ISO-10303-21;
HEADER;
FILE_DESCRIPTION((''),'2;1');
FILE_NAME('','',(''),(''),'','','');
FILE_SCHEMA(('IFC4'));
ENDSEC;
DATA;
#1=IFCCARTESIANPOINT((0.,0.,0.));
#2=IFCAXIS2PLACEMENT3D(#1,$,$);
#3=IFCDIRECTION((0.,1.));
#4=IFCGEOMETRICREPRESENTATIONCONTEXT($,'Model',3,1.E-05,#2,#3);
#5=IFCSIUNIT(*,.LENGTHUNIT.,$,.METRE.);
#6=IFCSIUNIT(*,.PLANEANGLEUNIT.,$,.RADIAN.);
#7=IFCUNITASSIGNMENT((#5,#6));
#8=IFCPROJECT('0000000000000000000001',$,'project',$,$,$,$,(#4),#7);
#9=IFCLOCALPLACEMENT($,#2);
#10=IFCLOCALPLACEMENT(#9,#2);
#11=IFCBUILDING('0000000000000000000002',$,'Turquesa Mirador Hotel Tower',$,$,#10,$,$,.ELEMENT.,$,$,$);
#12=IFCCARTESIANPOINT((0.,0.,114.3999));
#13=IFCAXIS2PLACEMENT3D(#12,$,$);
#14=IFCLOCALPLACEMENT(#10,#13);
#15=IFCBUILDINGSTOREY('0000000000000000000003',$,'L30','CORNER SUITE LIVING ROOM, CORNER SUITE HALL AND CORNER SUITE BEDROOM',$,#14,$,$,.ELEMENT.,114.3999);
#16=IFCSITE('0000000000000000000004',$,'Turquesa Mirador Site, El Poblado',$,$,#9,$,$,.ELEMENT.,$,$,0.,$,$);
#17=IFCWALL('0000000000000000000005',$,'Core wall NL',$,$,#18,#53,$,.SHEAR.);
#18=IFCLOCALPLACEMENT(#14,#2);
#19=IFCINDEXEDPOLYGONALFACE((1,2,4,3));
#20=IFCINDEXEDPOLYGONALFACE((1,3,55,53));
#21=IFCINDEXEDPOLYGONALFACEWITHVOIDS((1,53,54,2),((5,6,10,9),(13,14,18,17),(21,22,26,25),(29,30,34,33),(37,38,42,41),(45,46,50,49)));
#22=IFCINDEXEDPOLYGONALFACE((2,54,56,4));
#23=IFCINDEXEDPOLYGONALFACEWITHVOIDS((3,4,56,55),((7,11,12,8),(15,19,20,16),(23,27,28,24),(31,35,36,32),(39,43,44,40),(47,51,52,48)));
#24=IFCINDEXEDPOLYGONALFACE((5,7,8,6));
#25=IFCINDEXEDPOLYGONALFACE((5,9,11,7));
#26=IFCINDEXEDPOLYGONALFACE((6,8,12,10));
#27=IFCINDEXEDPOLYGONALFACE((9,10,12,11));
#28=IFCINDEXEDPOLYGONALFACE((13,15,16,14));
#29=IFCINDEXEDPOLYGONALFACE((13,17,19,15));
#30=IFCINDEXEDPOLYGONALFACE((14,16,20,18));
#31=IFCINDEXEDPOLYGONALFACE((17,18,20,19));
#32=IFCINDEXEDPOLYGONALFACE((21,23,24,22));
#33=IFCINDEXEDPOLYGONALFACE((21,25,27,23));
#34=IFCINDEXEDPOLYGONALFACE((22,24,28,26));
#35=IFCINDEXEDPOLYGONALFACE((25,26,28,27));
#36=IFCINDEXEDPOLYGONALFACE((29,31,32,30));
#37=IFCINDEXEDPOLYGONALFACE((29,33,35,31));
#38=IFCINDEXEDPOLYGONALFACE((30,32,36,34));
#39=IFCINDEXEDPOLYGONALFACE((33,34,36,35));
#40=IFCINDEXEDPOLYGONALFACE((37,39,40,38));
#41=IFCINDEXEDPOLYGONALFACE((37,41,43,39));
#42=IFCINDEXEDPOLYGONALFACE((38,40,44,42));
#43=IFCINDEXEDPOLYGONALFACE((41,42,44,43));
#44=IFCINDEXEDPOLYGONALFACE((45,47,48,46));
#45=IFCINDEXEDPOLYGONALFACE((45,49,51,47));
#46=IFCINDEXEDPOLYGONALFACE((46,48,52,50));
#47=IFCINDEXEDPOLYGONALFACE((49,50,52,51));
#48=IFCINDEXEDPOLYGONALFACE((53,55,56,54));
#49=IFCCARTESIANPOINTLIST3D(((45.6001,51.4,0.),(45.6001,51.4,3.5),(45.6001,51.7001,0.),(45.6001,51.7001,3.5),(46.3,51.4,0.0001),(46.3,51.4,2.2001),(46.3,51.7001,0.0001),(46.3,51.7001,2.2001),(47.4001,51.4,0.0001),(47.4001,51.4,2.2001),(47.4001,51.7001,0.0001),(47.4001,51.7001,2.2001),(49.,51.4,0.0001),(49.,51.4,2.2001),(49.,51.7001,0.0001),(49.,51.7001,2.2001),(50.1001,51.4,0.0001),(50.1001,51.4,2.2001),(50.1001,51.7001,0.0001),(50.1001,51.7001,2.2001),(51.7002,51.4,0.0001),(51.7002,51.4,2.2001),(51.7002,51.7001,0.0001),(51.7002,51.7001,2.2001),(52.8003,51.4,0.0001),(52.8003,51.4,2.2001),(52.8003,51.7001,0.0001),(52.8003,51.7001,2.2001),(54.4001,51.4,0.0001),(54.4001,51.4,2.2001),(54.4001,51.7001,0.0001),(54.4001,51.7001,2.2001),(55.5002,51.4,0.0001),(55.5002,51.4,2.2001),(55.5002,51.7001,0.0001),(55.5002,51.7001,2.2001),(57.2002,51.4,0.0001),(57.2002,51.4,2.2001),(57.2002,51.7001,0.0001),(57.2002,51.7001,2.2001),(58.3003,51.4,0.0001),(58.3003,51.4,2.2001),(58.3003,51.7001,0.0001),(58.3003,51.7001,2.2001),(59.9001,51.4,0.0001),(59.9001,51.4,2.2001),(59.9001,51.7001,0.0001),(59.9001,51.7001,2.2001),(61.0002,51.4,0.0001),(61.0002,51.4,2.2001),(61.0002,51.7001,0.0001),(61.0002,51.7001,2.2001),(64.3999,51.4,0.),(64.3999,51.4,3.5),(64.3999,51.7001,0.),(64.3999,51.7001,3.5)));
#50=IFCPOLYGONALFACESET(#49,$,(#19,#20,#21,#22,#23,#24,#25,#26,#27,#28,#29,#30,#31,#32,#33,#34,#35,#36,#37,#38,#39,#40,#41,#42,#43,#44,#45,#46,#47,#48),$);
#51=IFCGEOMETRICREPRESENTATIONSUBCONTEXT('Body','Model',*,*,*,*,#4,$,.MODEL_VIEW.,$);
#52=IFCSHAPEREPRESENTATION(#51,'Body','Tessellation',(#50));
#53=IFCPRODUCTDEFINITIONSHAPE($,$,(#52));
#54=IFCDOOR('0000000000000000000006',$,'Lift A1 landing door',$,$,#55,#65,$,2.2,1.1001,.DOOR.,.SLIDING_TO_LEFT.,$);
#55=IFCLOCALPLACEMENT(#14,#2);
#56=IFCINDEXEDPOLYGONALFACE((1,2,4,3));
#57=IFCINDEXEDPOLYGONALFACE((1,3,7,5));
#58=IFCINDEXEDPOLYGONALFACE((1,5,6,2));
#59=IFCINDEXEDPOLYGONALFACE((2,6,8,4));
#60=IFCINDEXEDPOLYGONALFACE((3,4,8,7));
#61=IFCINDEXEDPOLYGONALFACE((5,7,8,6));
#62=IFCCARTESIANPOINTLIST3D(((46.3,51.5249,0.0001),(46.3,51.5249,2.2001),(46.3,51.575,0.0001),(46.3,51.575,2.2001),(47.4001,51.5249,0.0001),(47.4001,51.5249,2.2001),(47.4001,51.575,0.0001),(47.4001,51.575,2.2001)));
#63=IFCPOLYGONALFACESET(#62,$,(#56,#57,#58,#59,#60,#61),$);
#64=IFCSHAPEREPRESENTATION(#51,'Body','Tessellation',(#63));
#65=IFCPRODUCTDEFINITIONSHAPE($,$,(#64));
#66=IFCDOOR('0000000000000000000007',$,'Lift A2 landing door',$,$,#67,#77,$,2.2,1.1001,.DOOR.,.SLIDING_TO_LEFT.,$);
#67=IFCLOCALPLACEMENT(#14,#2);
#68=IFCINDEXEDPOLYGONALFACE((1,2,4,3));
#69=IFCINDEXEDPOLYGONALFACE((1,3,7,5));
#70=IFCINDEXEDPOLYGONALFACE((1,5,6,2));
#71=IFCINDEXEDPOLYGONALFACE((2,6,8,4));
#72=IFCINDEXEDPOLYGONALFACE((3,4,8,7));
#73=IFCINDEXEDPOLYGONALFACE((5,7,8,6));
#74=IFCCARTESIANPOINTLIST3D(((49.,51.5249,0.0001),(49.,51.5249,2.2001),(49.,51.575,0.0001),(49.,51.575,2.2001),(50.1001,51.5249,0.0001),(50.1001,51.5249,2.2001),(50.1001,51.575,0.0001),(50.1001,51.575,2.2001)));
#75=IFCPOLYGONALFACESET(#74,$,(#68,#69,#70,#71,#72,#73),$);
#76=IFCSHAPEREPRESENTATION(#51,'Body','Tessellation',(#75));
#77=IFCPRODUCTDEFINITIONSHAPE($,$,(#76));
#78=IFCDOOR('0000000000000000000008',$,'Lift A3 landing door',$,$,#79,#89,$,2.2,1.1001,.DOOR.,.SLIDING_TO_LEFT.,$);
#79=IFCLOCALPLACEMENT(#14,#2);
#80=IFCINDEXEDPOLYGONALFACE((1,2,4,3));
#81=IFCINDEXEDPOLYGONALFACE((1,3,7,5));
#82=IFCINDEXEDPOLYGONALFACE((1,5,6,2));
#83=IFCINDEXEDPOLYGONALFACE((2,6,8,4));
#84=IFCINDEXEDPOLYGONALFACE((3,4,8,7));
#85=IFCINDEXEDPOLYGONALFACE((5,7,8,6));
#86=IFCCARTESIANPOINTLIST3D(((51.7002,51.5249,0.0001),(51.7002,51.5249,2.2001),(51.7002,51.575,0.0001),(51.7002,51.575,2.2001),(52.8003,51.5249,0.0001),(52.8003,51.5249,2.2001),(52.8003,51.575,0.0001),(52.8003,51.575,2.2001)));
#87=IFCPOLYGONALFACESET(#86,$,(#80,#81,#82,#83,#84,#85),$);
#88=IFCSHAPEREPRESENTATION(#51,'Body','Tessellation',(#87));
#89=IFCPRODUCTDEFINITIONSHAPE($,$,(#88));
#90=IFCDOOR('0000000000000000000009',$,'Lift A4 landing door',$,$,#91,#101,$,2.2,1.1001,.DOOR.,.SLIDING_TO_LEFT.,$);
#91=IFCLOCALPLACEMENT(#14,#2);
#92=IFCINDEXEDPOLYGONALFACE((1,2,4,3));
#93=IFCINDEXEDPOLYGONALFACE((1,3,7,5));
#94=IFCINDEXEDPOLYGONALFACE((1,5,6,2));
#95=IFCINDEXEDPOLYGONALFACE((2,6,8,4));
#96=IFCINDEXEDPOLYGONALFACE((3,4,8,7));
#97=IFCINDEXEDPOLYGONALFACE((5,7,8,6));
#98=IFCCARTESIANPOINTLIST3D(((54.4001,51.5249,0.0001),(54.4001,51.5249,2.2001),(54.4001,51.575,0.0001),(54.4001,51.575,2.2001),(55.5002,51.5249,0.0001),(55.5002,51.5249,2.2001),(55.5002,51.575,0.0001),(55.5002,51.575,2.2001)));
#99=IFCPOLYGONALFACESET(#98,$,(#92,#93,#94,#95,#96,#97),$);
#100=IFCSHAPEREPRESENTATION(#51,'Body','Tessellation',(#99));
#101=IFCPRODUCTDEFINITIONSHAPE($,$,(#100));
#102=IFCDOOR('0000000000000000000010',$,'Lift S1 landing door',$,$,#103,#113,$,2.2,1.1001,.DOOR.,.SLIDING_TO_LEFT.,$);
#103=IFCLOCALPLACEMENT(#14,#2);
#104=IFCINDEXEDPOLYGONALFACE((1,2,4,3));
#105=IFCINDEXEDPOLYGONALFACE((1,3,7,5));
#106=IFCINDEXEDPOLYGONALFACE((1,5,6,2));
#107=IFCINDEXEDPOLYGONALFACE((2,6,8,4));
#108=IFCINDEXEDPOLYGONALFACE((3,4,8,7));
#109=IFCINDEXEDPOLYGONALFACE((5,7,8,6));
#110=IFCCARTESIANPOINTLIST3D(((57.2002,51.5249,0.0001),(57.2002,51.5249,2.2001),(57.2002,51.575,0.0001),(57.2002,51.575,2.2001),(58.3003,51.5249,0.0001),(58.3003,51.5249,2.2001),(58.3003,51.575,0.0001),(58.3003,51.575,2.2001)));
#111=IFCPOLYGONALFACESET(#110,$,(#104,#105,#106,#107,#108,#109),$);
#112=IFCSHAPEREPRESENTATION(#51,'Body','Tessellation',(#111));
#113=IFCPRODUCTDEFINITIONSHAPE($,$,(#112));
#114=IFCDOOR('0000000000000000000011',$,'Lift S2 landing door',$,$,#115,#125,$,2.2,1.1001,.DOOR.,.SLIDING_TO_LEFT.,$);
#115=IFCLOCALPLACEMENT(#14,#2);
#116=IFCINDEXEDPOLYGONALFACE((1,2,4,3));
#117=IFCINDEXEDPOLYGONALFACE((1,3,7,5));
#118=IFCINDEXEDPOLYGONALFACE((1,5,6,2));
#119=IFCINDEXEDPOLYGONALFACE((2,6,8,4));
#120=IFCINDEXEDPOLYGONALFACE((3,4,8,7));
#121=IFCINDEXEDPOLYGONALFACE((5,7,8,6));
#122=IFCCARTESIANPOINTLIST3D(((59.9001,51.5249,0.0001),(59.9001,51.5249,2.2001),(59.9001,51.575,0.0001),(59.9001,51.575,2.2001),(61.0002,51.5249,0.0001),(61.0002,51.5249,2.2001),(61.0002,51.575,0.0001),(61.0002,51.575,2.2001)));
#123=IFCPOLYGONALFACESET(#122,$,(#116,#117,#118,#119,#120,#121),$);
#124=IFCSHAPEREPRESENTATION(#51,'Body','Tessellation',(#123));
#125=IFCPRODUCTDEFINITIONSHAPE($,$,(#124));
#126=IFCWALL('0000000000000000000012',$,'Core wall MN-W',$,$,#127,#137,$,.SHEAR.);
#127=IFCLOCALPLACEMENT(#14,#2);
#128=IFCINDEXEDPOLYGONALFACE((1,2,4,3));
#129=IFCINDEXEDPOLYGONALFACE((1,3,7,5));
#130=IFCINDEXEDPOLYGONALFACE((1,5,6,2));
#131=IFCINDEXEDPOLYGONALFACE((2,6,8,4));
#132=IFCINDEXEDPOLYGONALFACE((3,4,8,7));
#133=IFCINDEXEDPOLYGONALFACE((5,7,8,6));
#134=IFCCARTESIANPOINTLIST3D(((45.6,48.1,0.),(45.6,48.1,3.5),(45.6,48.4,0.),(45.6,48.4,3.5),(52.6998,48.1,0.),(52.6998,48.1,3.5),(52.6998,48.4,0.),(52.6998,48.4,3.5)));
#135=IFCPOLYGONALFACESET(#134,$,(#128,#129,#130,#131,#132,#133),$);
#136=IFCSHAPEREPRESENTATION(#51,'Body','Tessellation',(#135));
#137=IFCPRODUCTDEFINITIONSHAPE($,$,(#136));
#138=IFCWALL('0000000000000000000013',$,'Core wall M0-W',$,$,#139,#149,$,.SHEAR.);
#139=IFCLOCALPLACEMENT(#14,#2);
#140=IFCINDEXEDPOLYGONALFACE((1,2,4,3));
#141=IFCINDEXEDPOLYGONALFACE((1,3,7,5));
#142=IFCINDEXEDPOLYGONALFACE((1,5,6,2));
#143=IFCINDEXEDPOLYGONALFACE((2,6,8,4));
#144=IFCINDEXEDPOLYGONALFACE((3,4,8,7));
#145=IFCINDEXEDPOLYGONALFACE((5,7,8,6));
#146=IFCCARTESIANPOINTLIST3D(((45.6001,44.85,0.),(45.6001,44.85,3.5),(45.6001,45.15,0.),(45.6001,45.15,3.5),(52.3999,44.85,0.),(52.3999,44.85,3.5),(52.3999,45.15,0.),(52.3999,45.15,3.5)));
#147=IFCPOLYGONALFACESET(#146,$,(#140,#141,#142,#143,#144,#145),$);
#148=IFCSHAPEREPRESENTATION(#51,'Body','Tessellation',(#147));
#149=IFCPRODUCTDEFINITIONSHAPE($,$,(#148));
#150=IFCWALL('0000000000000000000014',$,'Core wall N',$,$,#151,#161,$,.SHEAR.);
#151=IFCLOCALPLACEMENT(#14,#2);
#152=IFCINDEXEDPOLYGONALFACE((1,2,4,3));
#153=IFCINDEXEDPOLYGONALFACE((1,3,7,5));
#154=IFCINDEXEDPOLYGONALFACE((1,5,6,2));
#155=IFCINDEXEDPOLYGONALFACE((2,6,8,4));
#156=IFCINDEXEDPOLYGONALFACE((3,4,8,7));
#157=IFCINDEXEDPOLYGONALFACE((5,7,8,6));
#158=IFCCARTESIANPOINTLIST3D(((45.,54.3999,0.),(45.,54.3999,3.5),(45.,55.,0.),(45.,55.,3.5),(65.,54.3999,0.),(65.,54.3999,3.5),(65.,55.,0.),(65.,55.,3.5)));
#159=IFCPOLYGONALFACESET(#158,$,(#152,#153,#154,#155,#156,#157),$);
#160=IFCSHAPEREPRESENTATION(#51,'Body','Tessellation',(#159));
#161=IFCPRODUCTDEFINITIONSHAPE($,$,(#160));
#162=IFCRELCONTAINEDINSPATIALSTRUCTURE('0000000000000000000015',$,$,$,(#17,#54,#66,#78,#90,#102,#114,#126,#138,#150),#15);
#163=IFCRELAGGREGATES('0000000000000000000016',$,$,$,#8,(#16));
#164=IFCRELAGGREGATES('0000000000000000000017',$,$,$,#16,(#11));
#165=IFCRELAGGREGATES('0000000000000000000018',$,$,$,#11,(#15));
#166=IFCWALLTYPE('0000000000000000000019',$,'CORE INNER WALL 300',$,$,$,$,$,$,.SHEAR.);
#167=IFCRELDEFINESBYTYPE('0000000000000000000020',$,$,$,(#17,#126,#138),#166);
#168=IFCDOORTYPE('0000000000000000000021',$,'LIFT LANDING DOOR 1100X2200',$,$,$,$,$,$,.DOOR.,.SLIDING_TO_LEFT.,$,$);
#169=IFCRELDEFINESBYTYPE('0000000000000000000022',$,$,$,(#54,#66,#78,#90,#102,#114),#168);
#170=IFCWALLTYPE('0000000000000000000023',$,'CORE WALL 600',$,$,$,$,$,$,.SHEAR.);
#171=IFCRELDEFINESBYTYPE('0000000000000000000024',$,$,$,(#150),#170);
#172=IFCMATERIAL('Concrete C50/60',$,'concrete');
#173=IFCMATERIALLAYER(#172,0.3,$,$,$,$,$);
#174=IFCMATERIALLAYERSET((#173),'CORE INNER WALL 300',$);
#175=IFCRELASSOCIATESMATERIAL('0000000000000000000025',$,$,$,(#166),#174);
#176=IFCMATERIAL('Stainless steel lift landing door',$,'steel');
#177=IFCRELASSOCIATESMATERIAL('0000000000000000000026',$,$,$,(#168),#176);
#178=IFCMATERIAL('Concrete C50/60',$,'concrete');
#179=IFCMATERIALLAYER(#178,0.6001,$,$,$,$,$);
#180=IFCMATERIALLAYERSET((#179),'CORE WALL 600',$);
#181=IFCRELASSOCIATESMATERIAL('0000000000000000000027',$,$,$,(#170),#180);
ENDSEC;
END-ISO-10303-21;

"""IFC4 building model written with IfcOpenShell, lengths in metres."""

from ifc_helpers import new_model, si_unit, direction, frame, frame_2d, origin, place, context, subcontext, project, spatial, rectangle, extrude, material, layer, layer_set, type_object, element, fill, save


model = new_model("IFC4")

# Units and contexts
model_context = context("Model", 3, precision=1e-05, world=origin(), true_north=direction((0.0, 1.0)))
body_context = subcontext(model_context, "Body", "Model", "MODEL_VIEW")
ifc_project = project(units=[si_unit("LENGTHUNIT", "METRE"), si_unit("PLANEANGLEUNIT", "RADIAN")], contexts=[model_context])

# Site, building, storey
site_placement = place(None, origin())
site = spatial("IfcSite", under=ifc_project, at=site_placement, Name="Turquesa Mirador Site, El Poblado", CompositionType="ELEMENT", RefElevation=0.0)
building_placement = place(site_placement, origin())
building = spatial("IfcBuilding", under=site, at=building_placement, Name="Turquesa Mirador Hotel Tower", CompositionType="ELEMENT")
storey_placement = place(building_placement, frame((0.0, 0.0, 114.3999)))
storey = spatial("IfcBuildingStorey", under=building, at=storey_placement, Name="L30", Description="CORNER SUITE LIVING ROOM, CORNER SUITE HALL AND CORNER SUITE BEDROOM", CompositionType="ELEMENT", Elevation=114.3999)

# Wall, openings, doors
ifc_material_1 = material(Name="Concrete C50/60", Category="concrete")
ifc_layer_1 = layer(ifc_material_1, 0.3)
ifc_layer_set_1 = layer_set([ifc_layer_1], Name="CORE INNER WALL 300")
wall_type_1 = type_object("IfcWallType", Name="CORE INNER WALL 300", PredefinedType="SHEAR", material=ifc_layer_set_1)
wall_1_placement = place(storey_placement, frame((45.6001, 51.55, 0.0), z_axis=(0.0, 0.0, 1.0), x_axis=(1.0, 0.0, 0.0)))
wall_1 = element("IfcWall", 1, at=wall_1_placement, inside=storey, type_object=wall_type_1, Name="Core wall NL", PredefinedType="SHEAR", context=body_context, shape_type="SweptSolid", body=[
    extrude(rectangle(XDim=18.7998, YDim=0.3, at=frame_2d((9.3999, 0.0))), origin(), (0.0, 0.0, 1.0), 3.5),
])
opening_1_placement = place(wall_1_placement, frame((0.7, 0.0, 0.0)))
opening_1 = element("IfcOpeningElement", 2, at=opening_1_placement, cuts=wall_1, PredefinedType="OPENING", context=body_context, shape_type="SweptSolid", body=[
    extrude(rectangle(XDim=1.1001, YDim=2.2, at=frame_2d((0.55, 1.1001))), frame((0.0, 0.1599, 0.0), z_axis=(0.0, -1.0, 0.0), x_axis=(1.0, 0.0, 0.0)), (0.0, 0.0, 1.0), 0.3201),
])
opening_2_placement = place(wall_1_placement, frame((3.3999, 0.0, 0.0)))
opening_2 = element("IfcOpeningElement", 3, at=opening_2_placement, cuts=wall_1, PredefinedType="OPENING", context=body_context, shape_type="SweptSolid", body=[
    extrude(rectangle(XDim=1.1001, YDim=2.2, at=frame_2d((0.55, 1.1001))), frame((0.0, 0.1599, 0.0), z_axis=(0.0, -1.0, 0.0), x_axis=(1.0, 0.0, 0.0)), (0.0, 0.0, 1.0), 0.3201),
])
opening_3_placement = place(wall_1_placement, frame((6.1001, 0.0, 0.0)))
opening_3 = element("IfcOpeningElement", 4, at=opening_3_placement, cuts=wall_1, PredefinedType="OPENING", context=body_context, shape_type="SweptSolid", body=[
    extrude(rectangle(XDim=1.1001, YDim=2.2, at=frame_2d((0.55, 1.1001))), frame((0.0, 0.1599, 0.0), z_axis=(0.0, -1.0, 0.0), x_axis=(1.0, 0.0, 0.0)), (0.0, 0.0, 1.0), 0.3201),
])
opening_4_placement = place(wall_1_placement, frame((8.8, 0.0, 0.0)))
opening_4 = element("IfcOpeningElement", 5, at=opening_4_placement, cuts=wall_1, PredefinedType="OPENING", context=body_context, shape_type="SweptSolid", body=[
    extrude(rectangle(XDim=1.1001, YDim=2.2, at=frame_2d((0.55, 1.1001))), frame((0.0, 0.1599, 0.0), z_axis=(0.0, -1.0, 0.0), x_axis=(1.0, 0.0, 0.0)), (0.0, 0.0, 1.0), 0.3201),
])
opening_5_placement = place(wall_1_placement, frame((11.6001, 0.0, 0.0)))
opening_5 = element("IfcOpeningElement", 6, at=opening_5_placement, cuts=wall_1, PredefinedType="OPENING", context=body_context, shape_type="SweptSolid", body=[
    extrude(rectangle(XDim=1.1001, YDim=2.2, at=frame_2d((0.55, 1.1001))), frame((0.0, 0.1599, 0.0), z_axis=(0.0, -1.0, 0.0), x_axis=(1.0, 0.0, 0.0)), (0.0, 0.0, 1.0), 0.3201),
])
opening_6_placement = place(wall_1_placement, frame((14.3, 0.0, 0.0)))
opening_6 = element("IfcOpeningElement", 7, at=opening_6_placement, cuts=wall_1, PredefinedType="OPENING", context=body_context, shape_type="SweptSolid", body=[
    extrude(rectangle(XDim=1.1001, YDim=2.2, at=frame_2d((0.55, 1.1001))), frame((0.0, 0.1599, 0.0), z_axis=(0.0, -1.0, 0.0), x_axis=(1.0, 0.0, 0.0)), (0.0, 0.0, 1.0), 0.3201),
])
ifc_material_2 = material(Name="Stainless steel lift landing door", Category="steel")
door_type_1 = type_object("IfcDoorType", Name="LIFT LANDING DOOR 1100X2200", OperationType="SLIDING_TO_LEFT", PredefinedType="DOOR", material=ifc_material_2)
door_1_placement = place(opening_1_placement, origin())
door_1 = element("IfcDoor", 8, at=door_1_placement, inside=storey, type_object=door_type_1, Name="Lift A1 landing door", OperationType="SLIDING_TO_LEFT", OverallHeight=2.2, OverallWidth=1.1001, PredefinedType="DOOR", context=body_context, shape_type="SweptSolid", body=[
    extrude(rectangle(XDim=1.1001, YDim=2.2, at=frame_2d((0.55, 1.1001))), frame((0.0, 0.0249, 0.0), z_axis=(0.0, -1.0, 0.0), x_axis=(1.0, 0.0, 0.0)), (0.0, 0.0, 1.0), 0.05),
])
fill(opening_1, door_1)
door_2_placement = place(opening_2_placement, origin())
door_2 = element("IfcDoor", 9, at=door_2_placement, inside=storey, type_object=door_type_1, Name="Lift A2 landing door", OperationType="SLIDING_TO_LEFT", OverallHeight=2.2, OverallWidth=1.1001, PredefinedType="DOOR", context=body_context, shape_type="SweptSolid", body=[
    extrude(rectangle(XDim=1.1001, YDim=2.2, at=frame_2d((0.55, 1.1001))), frame((0.0, 0.0249, 0.0), z_axis=(0.0, -1.0, 0.0), x_axis=(1.0, 0.0, 0.0)), (0.0, 0.0, 1.0), 0.05),
])
fill(opening_2, door_2)
door_3_placement = place(opening_3_placement, origin())
door_3 = element("IfcDoor", 10, at=door_3_placement, inside=storey, type_object=door_type_1, Name="Lift A3 landing door", OperationType="SLIDING_TO_LEFT", OverallHeight=2.2, OverallWidth=1.1001, PredefinedType="DOOR", context=body_context, shape_type="SweptSolid", body=[
    extrude(rectangle(XDim=1.1001, YDim=2.2, at=frame_2d((0.55, 1.1001))), frame((0.0, 0.0249, 0.0), z_axis=(0.0, -1.0, 0.0), x_axis=(1.0, 0.0, 0.0)), (0.0, 0.0, 1.0), 0.05),
])
fill(opening_3, door_3)
door_4_placement = place(opening_4_placement, origin())
door_4 = element("IfcDoor", 11, at=door_4_placement, inside=storey, type_object=door_type_1, Name="Lift A4 landing door", OperationType="SLIDING_TO_LEFT", OverallHeight=2.2, OverallWidth=1.1001, PredefinedType="DOOR", context=body_context, shape_type="SweptSolid", body=[
    extrude(rectangle(XDim=1.1001, YDim=2.2, at=frame_2d((0.55, 1.1001))), frame((0.0, 0.0249, 0.0), z_axis=(0.0, -1.0, 0.0), x_axis=(1.0, 0.0, 0.0)), (0.0, 0.0, 1.0), 0.05),
])
fill(opening_4, door_4)
door_5_placement = place(opening_5_placement, origin())
door_5 = element("IfcDoor", 12, at=door_5_placement, inside=storey, type_object=door_type_1, Name="Lift S1 landing door", OperationType="SLIDING_TO_LEFT", OverallHeight=2.2, OverallWidth=1.1001, PredefinedType="DOOR", context=body_context, shape_type="SweptSolid", body=[
    extrude(rectangle(XDim=1.1001, YDim=2.2, at=frame_2d((0.55, 1.1001))), frame((0.0, 0.0249, 0.0), z_axis=(0.0, -1.0, 0.0), x_axis=(1.0, 0.0, 0.0)), (0.0, 0.0, 1.0), 0.05),
])
fill(opening_5, door_5)
door_6_placement = place(opening_6_placement, origin())
door_6 = element("IfcDoor", 13, at=door_6_placement, inside=storey, type_object=door_type_1, Name="Lift S2 landing door", OperationType="SLIDING_TO_LEFT", OverallHeight=2.2, OverallWidth=1.1001, PredefinedType="DOOR", context=body_context, shape_type="SweptSolid", body=[
    extrude(rectangle(XDim=1.1001, YDim=2.2, at=frame_2d((0.55, 1.1001))), frame((0.0, 0.0249, 0.0), z_axis=(0.0, -1.0, 0.0), x_axis=(1.0, 0.0, 0.0)), (0.0, 0.0, 1.0), 0.05),
])
fill(opening_6, door_6)

# Walls
wall_2_placement = place(storey_placement, frame((45.6001, 48.25, 0.0), z_axis=(0.0, 0.0, 1.0), x_axis=(1.0, 0.0, 0.0)))
element("IfcWall", 14, at=wall_2_placement, inside=storey, type_object=wall_type_1, Name="Core wall MN-W", PredefinedType="SHEAR", context=body_context, shape_type="SweptSolid", body=[
    extrude(rectangle(XDim=7.0999, YDim=0.3, at=frame_2d((3.5498, 0.0))), origin(), (0.0, 0.0, 1.0), 3.5),
])
wall_3_placement = place(storey_placement, frame((45.6001, 45.0, 0.0), z_axis=(0.0, 0.0, 1.0), x_axis=(1.0, 0.0, 0.0)))
element("IfcWall", 15, at=wall_3_placement, inside=storey, type_object=wall_type_1, Name="Core wall M0-W", PredefinedType="SHEAR", context=body_context, shape_type="SweptSolid", body=[
    extrude(rectangle(XDim=6.7998, YDim=0.3, at=frame_2d((3.3999, 0.0))), origin(), (0.0, 0.0, 1.0), 3.5),
])
ifc_material_3 = material(Name="Concrete C50/60", Category="concrete")
ifc_layer_2 = layer(ifc_material_3, 0.6001)
ifc_layer_set_2 = layer_set([ifc_layer_2], Name="CORE WALL 600")
wall_type_2 = type_object("IfcWallType", Name="CORE WALL 600", PredefinedType="SHEAR", material=ifc_layer_set_2)
wall_4_placement = place(storey_placement, frame((45.0, 54.7, 0.0), z_axis=(0.0, 0.0, 1.0), x_axis=(1.0, 0.0, 0.0)))
element("IfcWall", 16, at=wall_4_placement, inside=storey, type_object=wall_type_2, Name="Core wall N", PredefinedType="SHEAR", context=body_context, shape_type="SweptSolid", body=[
    extrude(rectangle(XDim=20.0, YDim=0.6001, at=frame_2d((10.0, 0.0))), origin(), (0.0, 0.0, 1.0), 3.5),
])

save(model, "model.ifc")
